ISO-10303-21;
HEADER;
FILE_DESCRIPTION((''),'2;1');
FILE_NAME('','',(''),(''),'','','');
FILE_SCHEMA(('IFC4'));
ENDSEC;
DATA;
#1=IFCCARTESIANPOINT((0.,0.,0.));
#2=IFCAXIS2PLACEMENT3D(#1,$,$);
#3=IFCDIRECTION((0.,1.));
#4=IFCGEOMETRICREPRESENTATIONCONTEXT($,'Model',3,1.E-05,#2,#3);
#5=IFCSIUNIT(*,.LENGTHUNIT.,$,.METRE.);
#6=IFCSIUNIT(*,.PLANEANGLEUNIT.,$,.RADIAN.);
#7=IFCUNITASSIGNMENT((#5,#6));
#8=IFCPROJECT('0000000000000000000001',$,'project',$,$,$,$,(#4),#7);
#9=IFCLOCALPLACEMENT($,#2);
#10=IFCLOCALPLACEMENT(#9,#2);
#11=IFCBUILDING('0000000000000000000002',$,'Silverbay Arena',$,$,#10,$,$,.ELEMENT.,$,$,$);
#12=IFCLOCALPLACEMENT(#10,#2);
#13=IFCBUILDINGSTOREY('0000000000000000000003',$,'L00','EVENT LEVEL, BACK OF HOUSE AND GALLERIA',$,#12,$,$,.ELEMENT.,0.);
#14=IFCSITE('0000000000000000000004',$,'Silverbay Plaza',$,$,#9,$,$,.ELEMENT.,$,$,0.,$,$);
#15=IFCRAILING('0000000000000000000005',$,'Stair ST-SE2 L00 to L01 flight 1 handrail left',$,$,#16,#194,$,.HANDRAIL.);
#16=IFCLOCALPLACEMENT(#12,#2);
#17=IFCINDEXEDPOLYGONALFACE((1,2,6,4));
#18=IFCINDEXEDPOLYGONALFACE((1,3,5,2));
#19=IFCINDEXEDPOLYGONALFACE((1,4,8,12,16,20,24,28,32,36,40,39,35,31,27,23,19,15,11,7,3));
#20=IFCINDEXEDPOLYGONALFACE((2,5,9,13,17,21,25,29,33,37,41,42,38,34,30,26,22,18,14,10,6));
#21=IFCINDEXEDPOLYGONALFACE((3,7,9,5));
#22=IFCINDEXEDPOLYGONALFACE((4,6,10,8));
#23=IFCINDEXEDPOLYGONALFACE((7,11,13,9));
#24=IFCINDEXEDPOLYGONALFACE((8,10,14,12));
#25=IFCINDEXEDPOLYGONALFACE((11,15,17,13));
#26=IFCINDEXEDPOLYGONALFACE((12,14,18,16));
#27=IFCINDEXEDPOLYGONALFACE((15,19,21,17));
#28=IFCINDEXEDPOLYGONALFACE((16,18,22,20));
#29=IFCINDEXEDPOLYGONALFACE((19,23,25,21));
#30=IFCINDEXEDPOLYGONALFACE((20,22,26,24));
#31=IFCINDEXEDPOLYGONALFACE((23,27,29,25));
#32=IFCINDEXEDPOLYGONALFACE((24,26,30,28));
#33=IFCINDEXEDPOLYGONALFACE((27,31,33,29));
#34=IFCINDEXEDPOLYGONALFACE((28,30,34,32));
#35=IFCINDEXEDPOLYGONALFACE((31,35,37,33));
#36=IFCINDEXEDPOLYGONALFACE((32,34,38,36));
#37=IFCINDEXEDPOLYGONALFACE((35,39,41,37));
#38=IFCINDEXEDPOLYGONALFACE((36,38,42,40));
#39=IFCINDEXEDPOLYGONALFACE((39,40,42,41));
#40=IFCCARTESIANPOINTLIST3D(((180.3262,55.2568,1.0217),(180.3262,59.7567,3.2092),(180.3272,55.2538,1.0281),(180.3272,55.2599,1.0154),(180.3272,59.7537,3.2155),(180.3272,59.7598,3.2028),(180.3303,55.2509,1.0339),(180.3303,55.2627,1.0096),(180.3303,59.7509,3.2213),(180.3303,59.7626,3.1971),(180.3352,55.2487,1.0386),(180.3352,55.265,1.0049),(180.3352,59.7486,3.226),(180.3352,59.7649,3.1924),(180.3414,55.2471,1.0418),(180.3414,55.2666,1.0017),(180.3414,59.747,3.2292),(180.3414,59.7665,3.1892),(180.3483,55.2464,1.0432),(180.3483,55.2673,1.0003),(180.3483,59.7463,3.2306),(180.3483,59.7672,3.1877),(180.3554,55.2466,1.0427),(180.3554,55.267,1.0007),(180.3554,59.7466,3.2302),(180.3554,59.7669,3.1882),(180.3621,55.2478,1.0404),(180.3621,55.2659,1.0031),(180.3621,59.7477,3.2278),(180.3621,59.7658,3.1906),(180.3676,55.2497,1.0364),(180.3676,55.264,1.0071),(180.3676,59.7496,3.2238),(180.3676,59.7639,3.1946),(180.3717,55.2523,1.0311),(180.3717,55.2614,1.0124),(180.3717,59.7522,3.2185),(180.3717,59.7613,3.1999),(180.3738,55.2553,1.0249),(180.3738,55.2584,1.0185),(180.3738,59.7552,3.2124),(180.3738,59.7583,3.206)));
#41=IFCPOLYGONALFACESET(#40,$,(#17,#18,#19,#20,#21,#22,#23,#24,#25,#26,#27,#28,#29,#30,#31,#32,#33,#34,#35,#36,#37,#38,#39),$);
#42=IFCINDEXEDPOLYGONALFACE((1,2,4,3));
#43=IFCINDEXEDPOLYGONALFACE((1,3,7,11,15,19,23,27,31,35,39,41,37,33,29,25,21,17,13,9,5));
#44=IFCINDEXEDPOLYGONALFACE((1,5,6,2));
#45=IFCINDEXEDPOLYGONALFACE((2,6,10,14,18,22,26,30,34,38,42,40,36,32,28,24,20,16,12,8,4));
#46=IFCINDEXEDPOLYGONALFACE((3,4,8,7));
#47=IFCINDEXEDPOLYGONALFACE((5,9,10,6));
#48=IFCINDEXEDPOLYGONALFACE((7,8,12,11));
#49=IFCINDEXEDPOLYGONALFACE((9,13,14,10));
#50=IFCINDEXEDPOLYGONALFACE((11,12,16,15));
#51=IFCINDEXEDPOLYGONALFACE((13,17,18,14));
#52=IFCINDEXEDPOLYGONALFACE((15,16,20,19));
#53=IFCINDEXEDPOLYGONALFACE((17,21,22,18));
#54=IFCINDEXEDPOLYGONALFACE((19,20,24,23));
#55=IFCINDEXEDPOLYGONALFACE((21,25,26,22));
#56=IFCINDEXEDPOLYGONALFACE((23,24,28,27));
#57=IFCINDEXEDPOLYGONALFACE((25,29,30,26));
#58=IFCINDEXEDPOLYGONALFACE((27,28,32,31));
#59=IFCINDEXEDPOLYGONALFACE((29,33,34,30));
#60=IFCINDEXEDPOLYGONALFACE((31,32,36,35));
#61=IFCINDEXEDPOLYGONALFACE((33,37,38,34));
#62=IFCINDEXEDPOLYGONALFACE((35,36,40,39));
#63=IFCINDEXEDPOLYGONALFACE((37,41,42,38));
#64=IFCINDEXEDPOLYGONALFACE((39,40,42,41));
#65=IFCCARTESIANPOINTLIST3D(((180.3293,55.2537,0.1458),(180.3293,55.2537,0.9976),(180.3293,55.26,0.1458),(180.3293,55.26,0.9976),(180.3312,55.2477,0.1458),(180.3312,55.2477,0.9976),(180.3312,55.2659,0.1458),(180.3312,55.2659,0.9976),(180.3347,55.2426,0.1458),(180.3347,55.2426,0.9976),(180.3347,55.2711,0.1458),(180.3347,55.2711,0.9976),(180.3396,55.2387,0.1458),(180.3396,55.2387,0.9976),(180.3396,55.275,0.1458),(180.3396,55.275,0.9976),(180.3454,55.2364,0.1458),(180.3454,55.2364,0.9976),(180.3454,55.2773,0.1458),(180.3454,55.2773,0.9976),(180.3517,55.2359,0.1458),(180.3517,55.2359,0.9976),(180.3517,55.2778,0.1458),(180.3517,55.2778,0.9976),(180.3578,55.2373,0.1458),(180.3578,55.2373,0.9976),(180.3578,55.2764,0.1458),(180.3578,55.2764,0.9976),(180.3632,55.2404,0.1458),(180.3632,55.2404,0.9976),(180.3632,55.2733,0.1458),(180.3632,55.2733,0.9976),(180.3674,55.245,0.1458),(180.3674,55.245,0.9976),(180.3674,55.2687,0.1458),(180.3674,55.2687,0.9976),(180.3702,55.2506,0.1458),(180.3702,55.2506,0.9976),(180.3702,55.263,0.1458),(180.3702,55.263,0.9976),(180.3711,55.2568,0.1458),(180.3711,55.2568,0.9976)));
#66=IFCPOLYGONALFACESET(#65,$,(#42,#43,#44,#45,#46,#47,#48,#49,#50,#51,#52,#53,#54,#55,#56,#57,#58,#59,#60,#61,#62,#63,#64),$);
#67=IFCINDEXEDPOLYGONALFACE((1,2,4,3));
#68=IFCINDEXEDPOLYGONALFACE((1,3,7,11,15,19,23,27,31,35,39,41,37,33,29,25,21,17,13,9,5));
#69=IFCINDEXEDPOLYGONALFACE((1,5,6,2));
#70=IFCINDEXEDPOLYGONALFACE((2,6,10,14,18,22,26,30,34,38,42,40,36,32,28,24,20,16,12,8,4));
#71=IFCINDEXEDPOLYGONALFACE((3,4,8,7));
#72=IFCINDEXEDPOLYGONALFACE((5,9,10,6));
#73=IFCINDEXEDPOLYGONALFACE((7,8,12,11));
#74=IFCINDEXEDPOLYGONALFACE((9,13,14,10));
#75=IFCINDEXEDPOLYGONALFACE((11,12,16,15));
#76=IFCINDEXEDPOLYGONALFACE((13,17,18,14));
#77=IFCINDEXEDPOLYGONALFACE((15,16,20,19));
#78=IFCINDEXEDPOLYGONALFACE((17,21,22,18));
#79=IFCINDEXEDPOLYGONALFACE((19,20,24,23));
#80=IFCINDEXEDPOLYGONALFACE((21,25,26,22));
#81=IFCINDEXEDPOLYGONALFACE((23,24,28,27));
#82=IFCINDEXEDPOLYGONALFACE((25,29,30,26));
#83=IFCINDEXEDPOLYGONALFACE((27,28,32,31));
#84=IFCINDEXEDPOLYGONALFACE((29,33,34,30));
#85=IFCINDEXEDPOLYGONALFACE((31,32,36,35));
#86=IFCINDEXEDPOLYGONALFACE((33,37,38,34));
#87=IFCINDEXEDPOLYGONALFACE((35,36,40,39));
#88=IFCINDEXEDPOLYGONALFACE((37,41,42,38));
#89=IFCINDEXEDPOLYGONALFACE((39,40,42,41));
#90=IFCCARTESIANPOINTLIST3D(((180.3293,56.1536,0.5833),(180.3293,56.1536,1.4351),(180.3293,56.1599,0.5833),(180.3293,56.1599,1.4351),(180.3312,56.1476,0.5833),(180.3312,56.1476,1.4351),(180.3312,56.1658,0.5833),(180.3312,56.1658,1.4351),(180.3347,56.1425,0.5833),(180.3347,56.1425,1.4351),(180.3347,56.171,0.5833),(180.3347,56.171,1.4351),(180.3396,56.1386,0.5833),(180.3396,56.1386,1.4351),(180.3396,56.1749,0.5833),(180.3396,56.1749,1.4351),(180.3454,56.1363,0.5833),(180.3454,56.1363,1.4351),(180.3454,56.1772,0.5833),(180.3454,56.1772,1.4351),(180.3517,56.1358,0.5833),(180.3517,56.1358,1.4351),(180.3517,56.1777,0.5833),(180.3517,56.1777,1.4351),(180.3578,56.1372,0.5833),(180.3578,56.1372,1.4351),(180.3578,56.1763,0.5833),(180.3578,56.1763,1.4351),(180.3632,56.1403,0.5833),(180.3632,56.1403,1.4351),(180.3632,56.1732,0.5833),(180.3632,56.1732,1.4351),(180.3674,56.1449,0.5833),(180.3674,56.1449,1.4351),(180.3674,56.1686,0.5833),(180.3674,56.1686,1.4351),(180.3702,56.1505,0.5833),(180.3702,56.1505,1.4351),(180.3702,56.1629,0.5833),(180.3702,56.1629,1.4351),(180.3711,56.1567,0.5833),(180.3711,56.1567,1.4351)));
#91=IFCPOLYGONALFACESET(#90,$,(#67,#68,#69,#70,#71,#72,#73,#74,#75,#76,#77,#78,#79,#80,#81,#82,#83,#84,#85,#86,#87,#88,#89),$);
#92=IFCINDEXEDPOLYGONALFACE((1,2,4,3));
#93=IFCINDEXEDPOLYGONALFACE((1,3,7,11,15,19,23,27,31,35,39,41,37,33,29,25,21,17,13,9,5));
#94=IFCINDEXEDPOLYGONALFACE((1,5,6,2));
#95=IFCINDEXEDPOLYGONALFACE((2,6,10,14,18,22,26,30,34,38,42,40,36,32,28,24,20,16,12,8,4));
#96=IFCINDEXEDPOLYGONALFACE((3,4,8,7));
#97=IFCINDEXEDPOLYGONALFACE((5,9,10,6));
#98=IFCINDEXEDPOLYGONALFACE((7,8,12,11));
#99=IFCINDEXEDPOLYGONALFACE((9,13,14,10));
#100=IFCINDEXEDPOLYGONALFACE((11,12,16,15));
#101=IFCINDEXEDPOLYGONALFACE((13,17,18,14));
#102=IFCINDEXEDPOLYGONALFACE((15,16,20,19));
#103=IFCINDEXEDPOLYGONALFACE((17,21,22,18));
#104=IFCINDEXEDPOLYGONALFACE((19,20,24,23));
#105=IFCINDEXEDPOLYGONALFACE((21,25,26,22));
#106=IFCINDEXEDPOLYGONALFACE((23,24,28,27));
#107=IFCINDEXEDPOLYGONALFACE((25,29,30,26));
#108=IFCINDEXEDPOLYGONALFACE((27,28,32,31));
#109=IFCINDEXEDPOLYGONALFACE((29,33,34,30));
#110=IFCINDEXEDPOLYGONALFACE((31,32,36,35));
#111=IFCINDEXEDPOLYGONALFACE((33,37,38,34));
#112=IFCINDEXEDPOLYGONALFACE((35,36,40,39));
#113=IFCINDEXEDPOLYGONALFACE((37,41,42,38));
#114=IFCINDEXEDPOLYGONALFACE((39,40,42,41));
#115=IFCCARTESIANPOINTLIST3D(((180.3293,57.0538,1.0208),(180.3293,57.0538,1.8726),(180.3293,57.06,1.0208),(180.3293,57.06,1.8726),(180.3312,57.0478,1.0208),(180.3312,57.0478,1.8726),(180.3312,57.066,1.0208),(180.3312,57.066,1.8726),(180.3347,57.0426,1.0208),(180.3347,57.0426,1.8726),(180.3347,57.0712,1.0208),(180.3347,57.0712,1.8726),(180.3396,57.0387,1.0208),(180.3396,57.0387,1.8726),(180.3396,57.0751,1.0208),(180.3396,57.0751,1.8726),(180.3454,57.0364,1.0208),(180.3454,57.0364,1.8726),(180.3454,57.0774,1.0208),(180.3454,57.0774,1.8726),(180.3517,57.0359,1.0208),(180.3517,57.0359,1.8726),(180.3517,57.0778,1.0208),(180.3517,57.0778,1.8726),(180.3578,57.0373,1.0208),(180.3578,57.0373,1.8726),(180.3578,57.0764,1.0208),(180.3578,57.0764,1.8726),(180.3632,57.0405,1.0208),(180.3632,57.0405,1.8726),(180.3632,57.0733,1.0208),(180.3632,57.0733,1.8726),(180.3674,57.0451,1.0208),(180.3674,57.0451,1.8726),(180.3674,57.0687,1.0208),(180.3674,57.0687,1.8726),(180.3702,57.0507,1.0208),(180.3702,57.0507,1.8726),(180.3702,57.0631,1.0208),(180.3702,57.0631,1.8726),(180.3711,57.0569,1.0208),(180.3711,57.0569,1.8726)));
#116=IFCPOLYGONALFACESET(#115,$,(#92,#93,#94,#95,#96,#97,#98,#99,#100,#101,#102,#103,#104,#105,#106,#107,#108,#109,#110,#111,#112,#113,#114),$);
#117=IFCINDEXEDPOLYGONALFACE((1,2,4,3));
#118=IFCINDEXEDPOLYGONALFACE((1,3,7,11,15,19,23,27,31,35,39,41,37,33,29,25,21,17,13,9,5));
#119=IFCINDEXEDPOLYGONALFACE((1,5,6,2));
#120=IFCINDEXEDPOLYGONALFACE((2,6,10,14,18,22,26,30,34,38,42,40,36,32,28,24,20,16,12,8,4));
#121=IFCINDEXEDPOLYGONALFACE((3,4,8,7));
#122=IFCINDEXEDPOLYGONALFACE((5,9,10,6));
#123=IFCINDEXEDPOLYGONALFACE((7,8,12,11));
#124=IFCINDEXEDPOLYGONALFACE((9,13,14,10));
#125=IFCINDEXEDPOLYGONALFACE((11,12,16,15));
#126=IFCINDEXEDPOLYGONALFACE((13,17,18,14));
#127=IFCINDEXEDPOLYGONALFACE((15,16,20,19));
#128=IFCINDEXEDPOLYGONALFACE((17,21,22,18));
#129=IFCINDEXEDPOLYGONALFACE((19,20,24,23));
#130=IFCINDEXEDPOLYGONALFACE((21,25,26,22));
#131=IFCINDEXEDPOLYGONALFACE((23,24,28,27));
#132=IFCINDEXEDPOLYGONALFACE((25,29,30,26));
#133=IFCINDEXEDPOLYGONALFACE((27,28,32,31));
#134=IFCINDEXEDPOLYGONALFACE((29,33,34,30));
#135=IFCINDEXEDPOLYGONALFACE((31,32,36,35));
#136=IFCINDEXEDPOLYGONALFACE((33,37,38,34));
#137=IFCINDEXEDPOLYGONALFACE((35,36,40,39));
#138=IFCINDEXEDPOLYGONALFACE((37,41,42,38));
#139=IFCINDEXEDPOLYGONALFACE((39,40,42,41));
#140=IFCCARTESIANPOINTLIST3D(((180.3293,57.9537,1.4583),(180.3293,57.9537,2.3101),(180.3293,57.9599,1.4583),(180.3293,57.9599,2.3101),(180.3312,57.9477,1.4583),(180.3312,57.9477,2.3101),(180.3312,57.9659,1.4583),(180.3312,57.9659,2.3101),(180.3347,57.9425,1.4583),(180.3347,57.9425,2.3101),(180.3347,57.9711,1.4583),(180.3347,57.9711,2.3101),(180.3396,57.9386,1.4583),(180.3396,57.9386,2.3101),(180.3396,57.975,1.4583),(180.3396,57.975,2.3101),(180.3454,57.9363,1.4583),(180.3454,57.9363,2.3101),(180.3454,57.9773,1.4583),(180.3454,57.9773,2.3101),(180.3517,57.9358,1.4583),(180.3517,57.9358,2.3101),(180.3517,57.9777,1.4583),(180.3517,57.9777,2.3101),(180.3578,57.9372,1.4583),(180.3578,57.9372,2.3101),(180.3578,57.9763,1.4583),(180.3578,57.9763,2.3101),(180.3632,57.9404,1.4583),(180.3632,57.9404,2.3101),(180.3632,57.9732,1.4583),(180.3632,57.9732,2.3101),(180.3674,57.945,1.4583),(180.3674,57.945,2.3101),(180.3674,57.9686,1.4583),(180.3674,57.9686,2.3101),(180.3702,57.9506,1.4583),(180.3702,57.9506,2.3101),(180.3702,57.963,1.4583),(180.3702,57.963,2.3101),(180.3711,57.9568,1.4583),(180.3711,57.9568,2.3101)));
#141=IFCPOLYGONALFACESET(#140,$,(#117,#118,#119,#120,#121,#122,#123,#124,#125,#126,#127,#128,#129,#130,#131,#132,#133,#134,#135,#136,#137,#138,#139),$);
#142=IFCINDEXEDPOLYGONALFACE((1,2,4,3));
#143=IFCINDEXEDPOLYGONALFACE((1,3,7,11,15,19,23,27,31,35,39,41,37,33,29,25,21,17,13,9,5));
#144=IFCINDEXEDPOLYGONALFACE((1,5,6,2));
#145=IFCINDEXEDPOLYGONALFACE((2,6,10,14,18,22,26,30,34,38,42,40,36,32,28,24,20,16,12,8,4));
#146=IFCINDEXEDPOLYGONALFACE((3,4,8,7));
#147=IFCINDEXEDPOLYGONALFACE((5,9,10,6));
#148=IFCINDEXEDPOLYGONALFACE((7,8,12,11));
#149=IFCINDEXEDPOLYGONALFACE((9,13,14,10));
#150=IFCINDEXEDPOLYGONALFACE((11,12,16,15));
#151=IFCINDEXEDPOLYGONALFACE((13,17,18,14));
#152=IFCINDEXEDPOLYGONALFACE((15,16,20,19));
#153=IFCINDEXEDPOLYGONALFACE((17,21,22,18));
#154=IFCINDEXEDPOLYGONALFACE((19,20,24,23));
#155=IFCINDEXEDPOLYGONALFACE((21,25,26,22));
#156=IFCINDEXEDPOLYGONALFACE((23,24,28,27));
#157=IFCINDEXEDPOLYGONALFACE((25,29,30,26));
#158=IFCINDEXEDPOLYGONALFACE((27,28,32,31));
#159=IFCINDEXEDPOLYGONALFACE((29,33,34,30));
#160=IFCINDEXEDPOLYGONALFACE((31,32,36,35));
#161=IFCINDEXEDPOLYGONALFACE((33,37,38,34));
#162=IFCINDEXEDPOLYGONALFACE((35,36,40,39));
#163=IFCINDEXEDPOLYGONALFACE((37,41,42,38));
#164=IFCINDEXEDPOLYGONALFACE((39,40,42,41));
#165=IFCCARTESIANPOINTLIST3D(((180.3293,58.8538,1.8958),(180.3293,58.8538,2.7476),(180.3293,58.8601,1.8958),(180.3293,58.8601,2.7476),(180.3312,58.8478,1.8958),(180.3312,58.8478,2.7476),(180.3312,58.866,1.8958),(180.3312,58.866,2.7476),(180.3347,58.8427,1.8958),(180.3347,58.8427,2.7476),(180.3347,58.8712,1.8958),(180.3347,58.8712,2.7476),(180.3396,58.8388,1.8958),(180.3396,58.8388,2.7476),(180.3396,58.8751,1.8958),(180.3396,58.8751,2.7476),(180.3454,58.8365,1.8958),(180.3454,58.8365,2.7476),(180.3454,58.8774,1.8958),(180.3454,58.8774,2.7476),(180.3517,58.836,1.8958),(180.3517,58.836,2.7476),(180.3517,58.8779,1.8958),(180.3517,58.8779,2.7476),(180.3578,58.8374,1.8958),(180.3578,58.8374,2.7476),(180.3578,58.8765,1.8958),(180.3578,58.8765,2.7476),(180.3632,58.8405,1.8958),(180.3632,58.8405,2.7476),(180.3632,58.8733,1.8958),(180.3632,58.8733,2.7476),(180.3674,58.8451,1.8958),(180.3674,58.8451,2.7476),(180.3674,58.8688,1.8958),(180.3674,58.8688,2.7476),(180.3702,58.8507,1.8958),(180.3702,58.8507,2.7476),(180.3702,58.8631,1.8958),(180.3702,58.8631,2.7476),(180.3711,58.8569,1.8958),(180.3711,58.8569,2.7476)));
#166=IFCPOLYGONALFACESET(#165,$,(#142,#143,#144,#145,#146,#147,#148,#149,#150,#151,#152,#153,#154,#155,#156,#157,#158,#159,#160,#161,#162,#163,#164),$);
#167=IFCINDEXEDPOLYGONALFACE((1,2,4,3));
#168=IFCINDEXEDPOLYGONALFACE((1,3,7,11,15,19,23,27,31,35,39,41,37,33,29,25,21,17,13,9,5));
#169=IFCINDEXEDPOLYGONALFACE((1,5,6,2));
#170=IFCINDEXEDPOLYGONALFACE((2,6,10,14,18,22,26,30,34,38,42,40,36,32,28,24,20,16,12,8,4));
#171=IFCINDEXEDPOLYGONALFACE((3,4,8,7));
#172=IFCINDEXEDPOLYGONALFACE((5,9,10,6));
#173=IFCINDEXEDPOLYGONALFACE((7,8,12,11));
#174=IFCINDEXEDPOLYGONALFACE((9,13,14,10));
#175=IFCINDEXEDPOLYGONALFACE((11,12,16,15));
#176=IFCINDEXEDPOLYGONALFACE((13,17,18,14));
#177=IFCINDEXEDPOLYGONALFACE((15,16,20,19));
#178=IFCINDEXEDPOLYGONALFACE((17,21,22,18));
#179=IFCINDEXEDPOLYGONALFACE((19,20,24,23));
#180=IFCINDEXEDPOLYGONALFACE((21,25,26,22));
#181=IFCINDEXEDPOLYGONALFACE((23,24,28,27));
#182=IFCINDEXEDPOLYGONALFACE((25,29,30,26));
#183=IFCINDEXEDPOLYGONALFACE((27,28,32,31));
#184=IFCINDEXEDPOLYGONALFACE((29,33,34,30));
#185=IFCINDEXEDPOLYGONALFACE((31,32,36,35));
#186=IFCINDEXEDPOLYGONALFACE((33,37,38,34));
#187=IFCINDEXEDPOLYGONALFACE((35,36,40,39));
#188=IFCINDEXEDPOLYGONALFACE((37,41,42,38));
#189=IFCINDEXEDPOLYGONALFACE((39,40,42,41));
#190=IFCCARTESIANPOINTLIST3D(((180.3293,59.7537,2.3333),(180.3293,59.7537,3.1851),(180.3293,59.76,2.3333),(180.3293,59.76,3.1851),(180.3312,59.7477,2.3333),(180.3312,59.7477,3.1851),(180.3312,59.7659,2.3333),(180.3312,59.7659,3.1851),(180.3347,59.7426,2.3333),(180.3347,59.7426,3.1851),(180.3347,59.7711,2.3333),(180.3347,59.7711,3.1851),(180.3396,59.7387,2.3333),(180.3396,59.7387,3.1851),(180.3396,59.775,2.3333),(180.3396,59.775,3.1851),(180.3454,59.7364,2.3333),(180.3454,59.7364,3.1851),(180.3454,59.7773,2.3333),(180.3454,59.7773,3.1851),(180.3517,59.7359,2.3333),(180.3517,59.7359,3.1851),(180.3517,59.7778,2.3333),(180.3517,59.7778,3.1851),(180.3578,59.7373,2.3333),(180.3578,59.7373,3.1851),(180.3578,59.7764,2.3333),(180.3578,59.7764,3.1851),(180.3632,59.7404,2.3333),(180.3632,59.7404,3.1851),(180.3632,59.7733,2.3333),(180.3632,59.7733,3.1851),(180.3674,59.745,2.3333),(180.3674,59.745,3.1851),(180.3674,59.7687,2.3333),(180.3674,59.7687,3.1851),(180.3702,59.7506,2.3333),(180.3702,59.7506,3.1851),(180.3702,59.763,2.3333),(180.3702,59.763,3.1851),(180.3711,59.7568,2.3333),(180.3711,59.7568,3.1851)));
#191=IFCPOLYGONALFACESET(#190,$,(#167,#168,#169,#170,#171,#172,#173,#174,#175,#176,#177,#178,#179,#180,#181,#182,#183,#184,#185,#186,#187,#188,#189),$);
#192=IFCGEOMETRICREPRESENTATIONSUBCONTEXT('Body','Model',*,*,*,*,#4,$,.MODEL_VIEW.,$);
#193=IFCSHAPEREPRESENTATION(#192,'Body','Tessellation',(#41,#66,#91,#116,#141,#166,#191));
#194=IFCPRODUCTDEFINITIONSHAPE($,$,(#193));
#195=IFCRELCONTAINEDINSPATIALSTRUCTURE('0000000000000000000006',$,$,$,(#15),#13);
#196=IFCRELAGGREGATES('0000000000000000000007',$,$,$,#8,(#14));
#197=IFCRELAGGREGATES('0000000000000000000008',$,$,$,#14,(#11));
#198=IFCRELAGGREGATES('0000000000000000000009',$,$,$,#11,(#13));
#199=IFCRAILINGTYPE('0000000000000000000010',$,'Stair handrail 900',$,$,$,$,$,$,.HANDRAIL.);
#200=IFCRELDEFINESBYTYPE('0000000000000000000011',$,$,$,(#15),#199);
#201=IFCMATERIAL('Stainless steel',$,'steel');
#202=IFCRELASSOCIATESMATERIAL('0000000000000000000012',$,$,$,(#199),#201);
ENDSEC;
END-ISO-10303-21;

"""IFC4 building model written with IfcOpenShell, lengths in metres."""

from ifc_helpers import new_model, si_unit, direction, frame, origin, origin_2d, place, context, subcontext, project, spatial, circle, extrude, material, type_object, element, save


model = new_model("IFC4")

# Units and contexts
model_context = context("Model", 3, precision=1e-05, world=origin(), true_north=direction((0.0, 1.0)))
body_context = subcontext(model_context, "Body", "Model", "MODEL_VIEW")
ifc_project = project(units=[si_unit("LENGTHUNIT", "METRE"), si_unit("PLANEANGLEUNIT", "RADIAN")], contexts=[model_context])

# Site, building, storey
site_placement = place(None, origin())
site = spatial("IfcSite", under=ifc_project, at=site_placement, Name="Silverbay Plaza", CompositionType="ELEMENT", RefElevation=0.0)
building_placement = place(site_placement, origin())
building = spatial("IfcBuilding", under=site, at=building_placement, Name="Silverbay Arena", CompositionType="ELEMENT")
storey_placement = place(building_placement, origin())
storey = spatial("IfcBuildingStorey", under=building, at=storey_placement, Name="L00", Description="EVENT LEVEL, BACK OF HOUSE AND GALLERIA", CompositionType="ELEMENT", Elevation=0.0)

# Railing
ifc_material_1 = material(Name="Stainless steel", Category="steel")
railing_type_1 = type_object("IfcRailingType", Name="Stair handrail 900", PredefinedType="HANDRAIL", material=ifc_material_1)
for number, where, name in (
    (1, (180.3501, 55.2568, 0.1458), "Stair ST-SE2 L00 to L01 flight 1 handrail left"),
):
    element("IfcRailing", number, at=place(storey_placement, frame(where)), inside=storey, type_object=railing_type_1, Name=name, PredefinedType="HANDRAIL", context=body_context, shape_type="SweptSolid", body=[
        extrude(circle(Radius=0.0239, at=origin_2d()), frame((0.0, 0.0, 0.876), z_axis=(0.0, 0.899368, 0.437193), x_axis=(-1.0, 0.0, 0.0)), (0.0, 0.0, 1.0), 5.0034),
        extrude(circle(Radius=0.021, at=origin_2d()), origin(), (0.0, 0.0, 1.0), 0.8518),
        extrude(circle(Radius=0.021, at=origin_2d()), frame((0.0, 0.8999, 0.4375)), (0.0, 0.0, 1.0), 0.8518),
        extrude(circle(Radius=0.021, at=origin_2d()), frame((0.0, 1.8, 0.875)), (0.0, 0.0, 1.0), 0.8518),
        extrude(circle(Radius=0.021, at=origin_2d()), frame((0.0, 2.7, 1.3125)), (0.0, 0.0, 1.0), 0.8518),
        extrude(circle(Radius=0.021, at=origin_2d()), frame((0.0, 3.6001, 1.75)), (0.0, 0.0, 1.0), 0.8518),
        extrude(circle(Radius=0.021, at=origin_2d()), frame((0.0, 4.5, 2.1875)), (0.0, 0.0, 1.0), 0.8518),
    ])

save(model, "model.ifc")
